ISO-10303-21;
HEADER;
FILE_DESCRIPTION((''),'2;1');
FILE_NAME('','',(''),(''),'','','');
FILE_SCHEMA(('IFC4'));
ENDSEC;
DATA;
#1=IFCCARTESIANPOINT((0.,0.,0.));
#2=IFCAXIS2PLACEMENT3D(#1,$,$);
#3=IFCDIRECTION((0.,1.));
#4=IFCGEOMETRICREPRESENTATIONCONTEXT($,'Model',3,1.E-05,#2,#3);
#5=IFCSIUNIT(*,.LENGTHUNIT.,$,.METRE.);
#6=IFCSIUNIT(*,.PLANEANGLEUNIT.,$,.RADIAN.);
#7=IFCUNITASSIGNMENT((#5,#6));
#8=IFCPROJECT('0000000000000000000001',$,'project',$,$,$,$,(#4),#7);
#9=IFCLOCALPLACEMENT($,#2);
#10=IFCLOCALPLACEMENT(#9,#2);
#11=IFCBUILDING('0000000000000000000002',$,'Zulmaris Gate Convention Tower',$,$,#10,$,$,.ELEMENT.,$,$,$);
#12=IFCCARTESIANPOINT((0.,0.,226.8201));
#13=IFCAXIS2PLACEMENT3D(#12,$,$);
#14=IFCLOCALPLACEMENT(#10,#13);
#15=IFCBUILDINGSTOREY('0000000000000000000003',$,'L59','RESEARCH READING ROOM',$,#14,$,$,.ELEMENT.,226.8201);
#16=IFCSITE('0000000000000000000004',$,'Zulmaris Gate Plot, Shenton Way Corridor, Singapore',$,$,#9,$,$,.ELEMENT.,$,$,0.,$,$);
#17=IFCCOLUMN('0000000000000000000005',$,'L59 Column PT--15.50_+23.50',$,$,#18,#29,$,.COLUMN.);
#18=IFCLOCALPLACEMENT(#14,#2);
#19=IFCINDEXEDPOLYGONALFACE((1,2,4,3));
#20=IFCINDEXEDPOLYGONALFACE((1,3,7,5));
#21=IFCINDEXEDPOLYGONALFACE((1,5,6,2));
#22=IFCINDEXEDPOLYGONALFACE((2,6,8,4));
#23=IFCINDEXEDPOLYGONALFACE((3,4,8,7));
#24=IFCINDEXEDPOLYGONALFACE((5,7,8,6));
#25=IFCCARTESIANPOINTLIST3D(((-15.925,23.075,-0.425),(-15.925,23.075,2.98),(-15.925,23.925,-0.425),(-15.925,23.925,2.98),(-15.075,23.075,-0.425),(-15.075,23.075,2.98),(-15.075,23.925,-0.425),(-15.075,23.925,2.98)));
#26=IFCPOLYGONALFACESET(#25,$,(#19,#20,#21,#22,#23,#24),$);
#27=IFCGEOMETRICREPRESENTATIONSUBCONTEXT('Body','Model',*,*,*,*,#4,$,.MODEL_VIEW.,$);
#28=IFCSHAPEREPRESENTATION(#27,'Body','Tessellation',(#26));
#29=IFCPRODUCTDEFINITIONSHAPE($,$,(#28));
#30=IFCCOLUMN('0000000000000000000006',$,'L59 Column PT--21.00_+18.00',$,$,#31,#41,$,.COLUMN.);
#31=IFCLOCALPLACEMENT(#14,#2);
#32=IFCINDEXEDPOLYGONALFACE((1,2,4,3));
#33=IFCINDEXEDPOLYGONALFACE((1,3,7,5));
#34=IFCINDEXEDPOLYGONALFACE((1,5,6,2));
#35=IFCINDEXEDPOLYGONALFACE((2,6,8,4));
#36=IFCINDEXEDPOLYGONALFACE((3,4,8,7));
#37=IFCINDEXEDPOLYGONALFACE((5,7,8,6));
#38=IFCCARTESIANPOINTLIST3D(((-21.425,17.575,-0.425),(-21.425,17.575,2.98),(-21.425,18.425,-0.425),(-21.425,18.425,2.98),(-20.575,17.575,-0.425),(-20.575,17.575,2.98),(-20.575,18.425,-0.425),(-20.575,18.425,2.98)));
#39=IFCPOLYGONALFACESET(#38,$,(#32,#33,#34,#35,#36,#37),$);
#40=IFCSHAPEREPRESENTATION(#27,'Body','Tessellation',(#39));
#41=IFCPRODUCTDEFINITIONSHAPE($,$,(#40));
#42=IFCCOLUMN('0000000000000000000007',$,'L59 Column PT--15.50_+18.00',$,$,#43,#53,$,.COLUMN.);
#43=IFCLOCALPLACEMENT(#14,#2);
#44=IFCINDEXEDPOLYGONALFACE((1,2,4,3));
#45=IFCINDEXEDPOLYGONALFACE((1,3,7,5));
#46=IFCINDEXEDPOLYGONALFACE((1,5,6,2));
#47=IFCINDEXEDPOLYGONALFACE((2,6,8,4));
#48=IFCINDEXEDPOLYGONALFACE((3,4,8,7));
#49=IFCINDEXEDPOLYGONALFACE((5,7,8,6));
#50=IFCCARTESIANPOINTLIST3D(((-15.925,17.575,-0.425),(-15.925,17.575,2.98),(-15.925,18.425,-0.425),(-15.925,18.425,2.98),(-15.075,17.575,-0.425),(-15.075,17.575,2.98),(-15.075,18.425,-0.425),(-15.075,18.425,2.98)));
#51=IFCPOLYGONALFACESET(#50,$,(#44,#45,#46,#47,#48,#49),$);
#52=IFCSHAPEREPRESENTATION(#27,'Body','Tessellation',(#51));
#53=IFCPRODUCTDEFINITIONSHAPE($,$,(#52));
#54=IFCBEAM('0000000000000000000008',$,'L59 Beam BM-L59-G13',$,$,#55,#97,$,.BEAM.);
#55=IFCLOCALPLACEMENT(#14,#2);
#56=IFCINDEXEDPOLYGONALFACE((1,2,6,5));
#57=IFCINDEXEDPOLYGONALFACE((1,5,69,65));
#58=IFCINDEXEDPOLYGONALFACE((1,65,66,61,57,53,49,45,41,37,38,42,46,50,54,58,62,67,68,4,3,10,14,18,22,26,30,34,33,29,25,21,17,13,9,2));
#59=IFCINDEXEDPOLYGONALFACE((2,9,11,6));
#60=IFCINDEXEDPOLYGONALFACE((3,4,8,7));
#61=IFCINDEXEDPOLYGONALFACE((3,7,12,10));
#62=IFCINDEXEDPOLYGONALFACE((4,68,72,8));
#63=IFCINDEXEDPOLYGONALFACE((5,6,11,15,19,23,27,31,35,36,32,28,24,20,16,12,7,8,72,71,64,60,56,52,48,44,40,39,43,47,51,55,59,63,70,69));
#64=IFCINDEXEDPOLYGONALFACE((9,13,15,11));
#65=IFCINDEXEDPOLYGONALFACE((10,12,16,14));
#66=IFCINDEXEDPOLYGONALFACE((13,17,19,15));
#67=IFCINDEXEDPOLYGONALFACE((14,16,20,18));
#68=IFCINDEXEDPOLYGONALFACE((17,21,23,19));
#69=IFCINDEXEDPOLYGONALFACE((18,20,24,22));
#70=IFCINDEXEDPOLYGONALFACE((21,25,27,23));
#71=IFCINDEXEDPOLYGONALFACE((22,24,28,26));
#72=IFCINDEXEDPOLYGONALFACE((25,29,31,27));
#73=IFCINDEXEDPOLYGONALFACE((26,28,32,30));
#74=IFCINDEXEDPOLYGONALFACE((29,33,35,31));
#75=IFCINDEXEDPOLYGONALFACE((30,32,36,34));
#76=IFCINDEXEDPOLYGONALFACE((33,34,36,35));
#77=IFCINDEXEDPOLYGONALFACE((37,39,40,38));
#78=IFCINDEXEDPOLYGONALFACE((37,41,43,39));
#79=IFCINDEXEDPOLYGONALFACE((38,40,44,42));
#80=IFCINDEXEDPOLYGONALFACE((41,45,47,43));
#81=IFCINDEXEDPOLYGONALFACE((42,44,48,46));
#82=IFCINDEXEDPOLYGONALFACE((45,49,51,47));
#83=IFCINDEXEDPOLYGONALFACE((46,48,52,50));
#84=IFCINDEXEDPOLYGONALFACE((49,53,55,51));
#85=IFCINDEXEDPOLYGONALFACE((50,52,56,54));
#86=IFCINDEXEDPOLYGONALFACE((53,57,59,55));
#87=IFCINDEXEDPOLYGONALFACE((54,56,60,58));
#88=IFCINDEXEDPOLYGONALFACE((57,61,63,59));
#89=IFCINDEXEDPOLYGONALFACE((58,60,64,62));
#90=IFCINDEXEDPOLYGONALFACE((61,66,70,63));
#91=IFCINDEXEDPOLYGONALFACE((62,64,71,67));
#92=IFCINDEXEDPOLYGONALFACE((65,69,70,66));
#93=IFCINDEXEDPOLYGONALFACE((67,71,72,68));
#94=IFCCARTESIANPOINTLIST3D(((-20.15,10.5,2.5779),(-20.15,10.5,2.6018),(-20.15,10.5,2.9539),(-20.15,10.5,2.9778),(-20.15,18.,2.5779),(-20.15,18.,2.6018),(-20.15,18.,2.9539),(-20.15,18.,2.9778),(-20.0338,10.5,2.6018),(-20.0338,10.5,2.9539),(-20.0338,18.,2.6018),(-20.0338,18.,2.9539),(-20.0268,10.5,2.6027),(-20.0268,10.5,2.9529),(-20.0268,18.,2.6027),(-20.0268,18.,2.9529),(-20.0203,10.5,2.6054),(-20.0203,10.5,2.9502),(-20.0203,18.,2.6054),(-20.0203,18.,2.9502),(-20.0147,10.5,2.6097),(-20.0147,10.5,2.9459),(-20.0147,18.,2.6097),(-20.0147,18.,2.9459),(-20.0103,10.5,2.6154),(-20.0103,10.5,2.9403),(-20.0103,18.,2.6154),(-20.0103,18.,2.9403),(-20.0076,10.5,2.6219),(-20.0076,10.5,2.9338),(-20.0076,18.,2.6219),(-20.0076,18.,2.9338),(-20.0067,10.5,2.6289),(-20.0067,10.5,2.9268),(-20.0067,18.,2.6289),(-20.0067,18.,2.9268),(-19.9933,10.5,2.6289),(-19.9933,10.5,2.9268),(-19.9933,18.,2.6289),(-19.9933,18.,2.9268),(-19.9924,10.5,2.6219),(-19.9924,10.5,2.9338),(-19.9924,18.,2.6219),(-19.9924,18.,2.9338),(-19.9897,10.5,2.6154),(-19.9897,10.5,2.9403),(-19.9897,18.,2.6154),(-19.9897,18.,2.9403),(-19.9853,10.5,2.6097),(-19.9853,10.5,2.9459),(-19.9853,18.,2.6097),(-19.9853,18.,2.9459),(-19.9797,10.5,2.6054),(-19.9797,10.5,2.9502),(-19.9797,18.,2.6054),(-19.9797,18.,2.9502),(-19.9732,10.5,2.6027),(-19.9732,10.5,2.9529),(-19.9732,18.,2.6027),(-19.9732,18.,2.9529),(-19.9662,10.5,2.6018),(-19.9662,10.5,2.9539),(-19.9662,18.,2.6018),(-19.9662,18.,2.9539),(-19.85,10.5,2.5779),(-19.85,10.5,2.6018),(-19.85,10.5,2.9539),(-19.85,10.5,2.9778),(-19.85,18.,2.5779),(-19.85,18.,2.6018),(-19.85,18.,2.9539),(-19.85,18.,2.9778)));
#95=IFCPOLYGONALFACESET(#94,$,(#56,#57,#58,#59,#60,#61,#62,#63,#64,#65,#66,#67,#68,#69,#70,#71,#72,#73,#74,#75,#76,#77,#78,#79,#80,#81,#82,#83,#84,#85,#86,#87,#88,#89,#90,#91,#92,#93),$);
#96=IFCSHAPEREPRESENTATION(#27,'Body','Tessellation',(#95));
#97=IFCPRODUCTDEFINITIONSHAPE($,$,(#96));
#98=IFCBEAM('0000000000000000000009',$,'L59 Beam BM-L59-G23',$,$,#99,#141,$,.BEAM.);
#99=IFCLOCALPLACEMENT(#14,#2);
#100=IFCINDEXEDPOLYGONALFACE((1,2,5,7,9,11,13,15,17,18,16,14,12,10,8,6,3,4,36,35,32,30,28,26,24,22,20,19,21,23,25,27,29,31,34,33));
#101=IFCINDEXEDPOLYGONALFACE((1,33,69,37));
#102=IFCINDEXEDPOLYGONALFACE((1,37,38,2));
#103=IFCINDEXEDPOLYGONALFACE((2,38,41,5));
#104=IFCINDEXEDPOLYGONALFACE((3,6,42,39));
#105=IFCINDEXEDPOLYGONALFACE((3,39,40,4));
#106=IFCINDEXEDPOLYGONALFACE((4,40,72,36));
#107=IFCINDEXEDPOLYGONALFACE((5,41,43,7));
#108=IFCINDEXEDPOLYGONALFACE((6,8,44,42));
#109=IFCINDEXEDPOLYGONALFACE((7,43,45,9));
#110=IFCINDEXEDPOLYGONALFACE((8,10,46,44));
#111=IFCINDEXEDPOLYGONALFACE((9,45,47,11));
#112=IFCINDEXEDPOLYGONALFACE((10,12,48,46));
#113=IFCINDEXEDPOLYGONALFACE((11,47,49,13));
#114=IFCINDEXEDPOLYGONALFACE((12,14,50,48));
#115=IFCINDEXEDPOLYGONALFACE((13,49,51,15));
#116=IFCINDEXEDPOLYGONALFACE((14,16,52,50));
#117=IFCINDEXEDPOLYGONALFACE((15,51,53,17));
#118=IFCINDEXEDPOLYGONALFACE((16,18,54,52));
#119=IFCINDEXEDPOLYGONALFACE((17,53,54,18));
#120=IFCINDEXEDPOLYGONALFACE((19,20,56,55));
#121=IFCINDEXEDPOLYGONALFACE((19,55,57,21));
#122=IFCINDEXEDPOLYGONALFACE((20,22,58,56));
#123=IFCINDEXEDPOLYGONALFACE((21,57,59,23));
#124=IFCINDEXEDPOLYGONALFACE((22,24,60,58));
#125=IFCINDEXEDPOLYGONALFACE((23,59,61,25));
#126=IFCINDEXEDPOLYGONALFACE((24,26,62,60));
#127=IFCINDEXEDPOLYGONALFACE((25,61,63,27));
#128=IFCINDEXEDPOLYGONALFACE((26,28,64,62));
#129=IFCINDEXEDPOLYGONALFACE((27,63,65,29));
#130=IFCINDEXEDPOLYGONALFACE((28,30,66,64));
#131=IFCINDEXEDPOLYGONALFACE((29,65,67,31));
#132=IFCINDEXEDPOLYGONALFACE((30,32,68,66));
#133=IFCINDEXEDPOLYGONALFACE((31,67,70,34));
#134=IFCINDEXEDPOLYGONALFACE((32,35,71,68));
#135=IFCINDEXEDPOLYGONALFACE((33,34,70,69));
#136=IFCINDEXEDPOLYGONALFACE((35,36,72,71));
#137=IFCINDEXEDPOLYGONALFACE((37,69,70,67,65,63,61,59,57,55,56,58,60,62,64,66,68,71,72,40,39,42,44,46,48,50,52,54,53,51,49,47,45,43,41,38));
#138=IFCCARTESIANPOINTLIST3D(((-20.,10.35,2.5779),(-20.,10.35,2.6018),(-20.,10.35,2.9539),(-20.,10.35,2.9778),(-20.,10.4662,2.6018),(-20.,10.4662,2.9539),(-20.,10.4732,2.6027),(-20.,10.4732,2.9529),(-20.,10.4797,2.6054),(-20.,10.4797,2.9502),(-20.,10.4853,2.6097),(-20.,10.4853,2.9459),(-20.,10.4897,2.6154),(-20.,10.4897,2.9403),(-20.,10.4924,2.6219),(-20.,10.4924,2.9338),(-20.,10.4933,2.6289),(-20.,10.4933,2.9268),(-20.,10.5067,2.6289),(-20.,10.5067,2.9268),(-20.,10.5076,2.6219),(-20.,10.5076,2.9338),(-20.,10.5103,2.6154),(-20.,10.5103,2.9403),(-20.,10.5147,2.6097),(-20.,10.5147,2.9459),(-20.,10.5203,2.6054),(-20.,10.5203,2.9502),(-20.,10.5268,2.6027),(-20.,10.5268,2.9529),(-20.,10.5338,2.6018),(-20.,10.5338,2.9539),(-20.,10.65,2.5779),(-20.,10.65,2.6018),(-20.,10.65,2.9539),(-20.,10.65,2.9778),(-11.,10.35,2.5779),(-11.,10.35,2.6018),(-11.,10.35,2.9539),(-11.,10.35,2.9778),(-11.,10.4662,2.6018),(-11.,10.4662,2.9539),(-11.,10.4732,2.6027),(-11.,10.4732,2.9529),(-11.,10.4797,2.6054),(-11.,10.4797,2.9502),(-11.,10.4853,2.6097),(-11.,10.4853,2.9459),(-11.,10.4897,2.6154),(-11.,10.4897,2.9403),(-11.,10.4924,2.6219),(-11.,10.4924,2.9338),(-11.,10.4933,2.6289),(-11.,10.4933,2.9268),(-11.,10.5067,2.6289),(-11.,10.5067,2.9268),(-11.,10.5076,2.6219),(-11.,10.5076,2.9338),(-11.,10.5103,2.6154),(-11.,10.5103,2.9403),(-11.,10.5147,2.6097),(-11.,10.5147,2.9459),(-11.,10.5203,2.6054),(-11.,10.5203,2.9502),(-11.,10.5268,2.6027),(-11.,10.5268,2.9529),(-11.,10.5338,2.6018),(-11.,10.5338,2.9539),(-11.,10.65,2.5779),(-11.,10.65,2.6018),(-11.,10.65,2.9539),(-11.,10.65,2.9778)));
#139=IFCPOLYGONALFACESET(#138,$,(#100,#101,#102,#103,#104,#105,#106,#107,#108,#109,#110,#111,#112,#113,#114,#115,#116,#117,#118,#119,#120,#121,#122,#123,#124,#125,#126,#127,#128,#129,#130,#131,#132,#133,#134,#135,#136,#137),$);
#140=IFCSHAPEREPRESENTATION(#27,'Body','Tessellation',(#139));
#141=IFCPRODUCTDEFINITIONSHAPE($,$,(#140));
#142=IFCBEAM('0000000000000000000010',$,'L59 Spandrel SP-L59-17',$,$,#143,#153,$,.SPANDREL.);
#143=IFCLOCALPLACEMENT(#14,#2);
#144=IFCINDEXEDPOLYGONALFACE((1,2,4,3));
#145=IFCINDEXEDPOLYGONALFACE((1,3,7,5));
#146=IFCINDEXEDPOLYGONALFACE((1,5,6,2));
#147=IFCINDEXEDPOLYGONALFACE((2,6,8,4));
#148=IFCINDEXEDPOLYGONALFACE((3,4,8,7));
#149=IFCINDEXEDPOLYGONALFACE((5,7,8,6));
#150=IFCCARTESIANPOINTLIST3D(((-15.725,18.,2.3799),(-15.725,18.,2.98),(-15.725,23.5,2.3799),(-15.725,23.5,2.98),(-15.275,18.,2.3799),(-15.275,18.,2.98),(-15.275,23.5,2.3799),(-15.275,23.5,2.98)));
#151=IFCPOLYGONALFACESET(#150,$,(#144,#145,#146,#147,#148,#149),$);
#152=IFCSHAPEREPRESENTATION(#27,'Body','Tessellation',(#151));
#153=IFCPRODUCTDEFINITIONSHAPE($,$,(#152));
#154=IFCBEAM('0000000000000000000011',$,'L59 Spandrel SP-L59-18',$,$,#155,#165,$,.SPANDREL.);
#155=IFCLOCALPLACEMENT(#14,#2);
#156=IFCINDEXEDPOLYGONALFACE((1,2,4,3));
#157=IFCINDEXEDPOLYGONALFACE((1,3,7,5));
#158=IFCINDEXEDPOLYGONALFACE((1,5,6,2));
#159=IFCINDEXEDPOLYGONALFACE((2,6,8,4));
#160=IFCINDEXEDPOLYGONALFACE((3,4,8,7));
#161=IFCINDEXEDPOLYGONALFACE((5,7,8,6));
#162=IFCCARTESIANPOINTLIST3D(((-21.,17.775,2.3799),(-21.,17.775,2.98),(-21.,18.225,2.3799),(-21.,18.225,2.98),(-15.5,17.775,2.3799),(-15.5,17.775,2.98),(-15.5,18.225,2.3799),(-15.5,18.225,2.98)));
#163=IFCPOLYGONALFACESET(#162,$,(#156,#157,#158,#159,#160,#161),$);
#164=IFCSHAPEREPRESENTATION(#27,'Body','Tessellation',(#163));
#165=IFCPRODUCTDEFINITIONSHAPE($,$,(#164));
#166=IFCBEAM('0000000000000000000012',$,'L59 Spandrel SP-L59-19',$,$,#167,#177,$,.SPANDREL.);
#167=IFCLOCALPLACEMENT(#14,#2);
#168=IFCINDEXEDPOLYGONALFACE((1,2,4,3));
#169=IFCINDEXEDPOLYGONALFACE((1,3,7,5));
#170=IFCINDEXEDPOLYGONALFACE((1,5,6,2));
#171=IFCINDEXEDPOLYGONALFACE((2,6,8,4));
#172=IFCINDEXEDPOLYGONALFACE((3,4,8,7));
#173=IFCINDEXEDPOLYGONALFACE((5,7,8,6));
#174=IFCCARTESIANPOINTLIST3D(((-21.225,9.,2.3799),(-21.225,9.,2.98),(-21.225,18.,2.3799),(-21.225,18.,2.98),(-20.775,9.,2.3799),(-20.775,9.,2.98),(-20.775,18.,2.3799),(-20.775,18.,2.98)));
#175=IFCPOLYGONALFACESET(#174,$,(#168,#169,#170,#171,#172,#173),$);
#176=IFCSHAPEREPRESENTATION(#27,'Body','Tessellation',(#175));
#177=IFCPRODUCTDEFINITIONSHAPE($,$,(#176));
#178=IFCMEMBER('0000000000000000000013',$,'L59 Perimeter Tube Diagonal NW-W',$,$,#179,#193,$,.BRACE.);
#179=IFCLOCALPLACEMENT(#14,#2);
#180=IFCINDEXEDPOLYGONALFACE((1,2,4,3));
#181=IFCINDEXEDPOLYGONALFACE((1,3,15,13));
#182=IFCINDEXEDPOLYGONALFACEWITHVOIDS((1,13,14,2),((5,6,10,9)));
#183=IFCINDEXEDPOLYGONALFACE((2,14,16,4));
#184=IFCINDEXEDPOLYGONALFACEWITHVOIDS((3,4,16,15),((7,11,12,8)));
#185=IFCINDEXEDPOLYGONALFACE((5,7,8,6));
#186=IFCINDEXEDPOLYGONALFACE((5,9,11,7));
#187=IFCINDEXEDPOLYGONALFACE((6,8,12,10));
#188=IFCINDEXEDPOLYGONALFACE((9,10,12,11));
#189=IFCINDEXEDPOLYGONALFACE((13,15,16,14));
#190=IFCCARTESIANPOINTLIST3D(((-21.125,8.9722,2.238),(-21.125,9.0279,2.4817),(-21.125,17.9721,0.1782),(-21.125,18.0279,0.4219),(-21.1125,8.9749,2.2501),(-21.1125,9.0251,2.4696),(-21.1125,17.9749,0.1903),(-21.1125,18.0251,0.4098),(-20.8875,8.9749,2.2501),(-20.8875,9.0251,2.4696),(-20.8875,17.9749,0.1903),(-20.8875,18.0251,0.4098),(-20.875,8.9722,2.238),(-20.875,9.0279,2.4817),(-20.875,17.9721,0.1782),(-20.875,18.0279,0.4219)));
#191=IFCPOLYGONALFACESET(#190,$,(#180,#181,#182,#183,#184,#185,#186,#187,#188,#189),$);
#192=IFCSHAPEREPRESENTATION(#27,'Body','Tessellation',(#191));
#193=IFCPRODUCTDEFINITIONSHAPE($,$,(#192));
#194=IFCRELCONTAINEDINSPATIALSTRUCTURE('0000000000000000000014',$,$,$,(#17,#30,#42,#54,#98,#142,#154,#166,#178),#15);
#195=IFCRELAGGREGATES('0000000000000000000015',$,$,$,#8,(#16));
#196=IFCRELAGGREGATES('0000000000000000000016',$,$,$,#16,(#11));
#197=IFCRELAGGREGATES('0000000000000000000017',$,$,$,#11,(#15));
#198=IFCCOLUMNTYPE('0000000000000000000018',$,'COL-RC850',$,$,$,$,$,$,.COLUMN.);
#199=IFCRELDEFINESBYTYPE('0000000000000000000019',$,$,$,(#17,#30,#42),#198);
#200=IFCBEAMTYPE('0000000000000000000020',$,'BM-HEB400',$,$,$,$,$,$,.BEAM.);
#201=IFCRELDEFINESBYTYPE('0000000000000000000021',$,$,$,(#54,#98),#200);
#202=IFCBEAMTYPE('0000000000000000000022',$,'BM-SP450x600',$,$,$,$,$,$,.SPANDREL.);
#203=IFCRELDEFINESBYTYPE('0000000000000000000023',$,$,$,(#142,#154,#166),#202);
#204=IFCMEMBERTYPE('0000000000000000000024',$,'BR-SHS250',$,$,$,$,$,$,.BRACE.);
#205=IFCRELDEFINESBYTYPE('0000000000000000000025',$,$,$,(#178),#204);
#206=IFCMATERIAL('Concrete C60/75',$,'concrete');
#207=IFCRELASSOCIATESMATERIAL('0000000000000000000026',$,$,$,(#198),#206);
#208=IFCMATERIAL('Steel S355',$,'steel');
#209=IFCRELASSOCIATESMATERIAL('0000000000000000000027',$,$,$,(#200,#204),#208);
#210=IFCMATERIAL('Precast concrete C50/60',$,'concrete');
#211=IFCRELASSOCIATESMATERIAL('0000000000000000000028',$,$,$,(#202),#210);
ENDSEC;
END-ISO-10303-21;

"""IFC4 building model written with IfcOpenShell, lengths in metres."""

from ifc_helpers import new_model, si_unit, direction, frame, origin, origin_2d, place, context, subcontext, project, spatial, rectangle, hollow_rectangle, i_section, extrude, material, material_profile, profile_set, type_object, element, save


model = new_model("IFC4")

# Units and contexts
model_context = context("Model", 3, precision=1e-05, world=origin(), true_north=direction((0.0, 1.0)))
body_context = subcontext(model_context, "Body", "Model", "MODEL_VIEW")
ifc_project = project(units=[si_unit("LENGTHUNIT", "METRE"), si_unit("PLANEANGLEUNIT", "RADIAN")], contexts=[model_context])

# Site, building, storey
site_placement = place(None, origin())
site = spatial("IfcSite", under=ifc_project, at=site_placement, Name="Zulmaris Gate Plot, Shenton Way Corridor, Singapore", CompositionType="ELEMENT", RefElevation=0.0)
building_placement = place(site_placement, origin())
building = spatial("IfcBuilding", under=site, at=building_placement, Name="Zulmaris Gate Convention Tower", CompositionType="ELEMENT")
storey_placement = place(building_placement, frame((0.0, 0.0, 226.8201)))
storey = spatial("IfcBuildingStorey", under=building, at=storey_placement, Name="L59", Description="RESEARCH READING ROOM", CompositionType="ELEMENT", Elevation=226.8201)

# Columns
ifc_material_1 = material(Name="Concrete C60/75", Category="concrete")
ifc_material_profile_1 = material_profile(ifc_material_1, rectangle(XDim=0.8501, YDim=0.8501, at=origin_2d()), Name="RC COL 850x850")
ifc_profile_set_1 = profile_set([ifc_material_profile_1], Name="Concrete C60/75")
column_type = type_object("IfcColumnType", Name="COL-RC850", PredefinedType="COLUMN", material=ifc_profile_set_1)
for number, where, z_axis, x_axis, name in (
    (1, (-15.5, 23.5, -0.425), (0.0, 0.0, 1.0), (1.0, 0.0, 0.0), "L59 Column PT--15.50_+23.50"),
    (2, (-21.0, 18.0, -0.425), (0.0, 0.0, 1.0), (1.0, 0.0, 0.0), "L59 Column PT--21.00_+18.00"),
    (3, (-15.5, 18.0, -0.425), (0.0, 0.0, 1.0), (1.0, 0.0, 0.0), "L59 Column PT--15.50_+18.00"),
):
    element("IfcColumn", number, at=place(storey_placement, frame(where, z_axis=z_axis, x_axis=x_axis)), inside=storey, type_object=column_type, Name=name, PredefinedType="COLUMN", context=body_context, shape_type="SweptSolid", body=[
        extrude(rectangle(XDim=0.8501, YDim=0.8501, at=origin_2d()), origin(), (0.0, 0.0, 1.0), 3.405),
    ])

# Beams
ifc_material_2 = material(Name="Steel S355", Category="steel")
ifc_material_profile_2 = material_profile(ifc_material_2, i_section(OverallWidth=0.3, OverallDepth=0.3999, WebThickness=0.0134, FlangeThickness=0.0239, FilletRadius=0.0271, at=origin_2d()), Name="HEB 400")
ifc_profile_set_2 = profile_set([ifc_material_profile_2], Name="Steel S355")
beam_type_1 = type_object("IfcBeamType", Name="BM-HEB400", PredefinedType="BEAM", material=ifc_profile_set_2)
beam_1_placement = place(storey_placement, frame((-20.0, 10.5, 2.7778), z_axis=(0.0, 1.0, 0.0), x_axis=(-1.0, 0.0, 0.0)))
element("IfcBeam", 4, at=beam_1_placement, inside=storey, type_object=beam_type_1, Name="L59 Beam BM-L59-G13", PredefinedType="BEAM", context=body_context, shape_type="SweptSolid", body=[
    extrude(i_section(OverallWidth=0.3, OverallDepth=0.3999, WebThickness=0.0134, FlangeThickness=0.0239, FilletRadius=0.0271, at=origin_2d()), origin(), (0.0, 0.0, 1.0), 7.5),
])
beam_2_placement = place(storey_placement, frame((-20.0, 10.5, 2.7778), z_axis=(1.0, 0.0, 0.0), x_axis=(0.0, 1.0, 0.0)))
element("IfcBeam", 5, at=beam_2_placement, inside=storey, type_object=beam_type_1, Name="L59 Beam BM-L59-G23", PredefinedType="BEAM", context=body_context, shape_type="SweptSolid", body=[
    extrude(i_section(OverallWidth=0.3, OverallDepth=0.3999, WebThickness=0.0134, FlangeThickness=0.0239, FilletRadius=0.0271, at=origin_2d()), origin(), (0.0, 0.0, 1.0), 9.0),
])
ifc_material_3 = material(Name="Precast concrete C50/60", Category="concrete")
ifc_material_profile_3 = material_profile(ifc_material_3, rectangle(XDim=0.45, YDim=0.6001, at=origin_2d()), Name="RC SPANDREL 450x600")
ifc_profile_set_3 = profile_set([ifc_material_profile_3], Name="Precast concrete C50/60")
beam_type_2 = type_object("IfcBeamType", Name="BM-SP450x600", PredefinedType="SPANDREL", material=ifc_profile_set_3)
for number, where, z_axis, x_axis, name in (
    (6, (-15.5, 23.5, 2.6799), (0.0, -1.0, 0.0), (1.0, 0.0, 0.0), "L59 Spandrel SP-L59-17"),
    (7, (-15.5, 18.0, 2.6799), (-1.0, 0.0, 0.0), (0.0, -1.0, 0.0), "L59 Spandrel SP-L59-18"),
):
    element("IfcBeam", number, at=place(storey_placement, frame(where, z_axis=z_axis, x_axis=x_axis)), inside=storey, type_object=beam_type_2, Name=name, PredefinedType="SPANDREL", context=body_context, shape_type="SweptSolid", body=[
        extrude(rectangle(XDim=0.45, YDim=0.6001, at=origin_2d()), origin(), (0.0, 0.0, 1.0), 5.5),
    ])
beam_3_placement = place(storey_placement, frame((-21.0, 18.0, 2.6799), z_axis=(0.0, -1.0, 0.0), x_axis=(1.0, 0.0, 0.0)))
element("IfcBeam", 8, at=beam_3_placement, inside=storey, type_object=beam_type_2, Name="L59 Spandrel SP-L59-19", PredefinedType="SPANDREL", context=body_context, shape_type="SweptSolid", body=[
    extrude(rectangle(XDim=0.45, YDim=0.6001, at=origin_2d()), origin(), (0.0, 0.0, 1.0), 9.0),
])

# Member
ifc_material_profile_4 = material_profile(ifc_material_2, hollow_rectangle(XDim=0.25, YDim=0.25, WallThickness=0.0125, at=origin_2d()), Name="SHS 250x250x12.5")
ifc_profile_set_4 = profile_set([ifc_material_profile_4], Name="Steel S355")
member_type_1 = type_object("IfcMemberType", Name="BR-SHS250", PredefinedType="BRACE", material=ifc_profile_set_4)
member_1_placement = place(storey_placement, frame((-21.0, 18.0, 0.3), z_axis=(0.0, -0.974796, 0.2231), x_axis=(1.0, 0.0, 0.0)))
element("IfcMember", 9, at=member_1_placement, inside=storey, type_object=member_type_1, Name="L59 Perimeter Tube Diagonal NW-W", PredefinedType="BRACE", context=body_context, shape_type="SweptSolid", body=[
    extrude(hollow_rectangle(XDim=0.25, YDim=0.25, WallThickness=0.0125, at=origin_2d()), origin(), (0.0, 0.0, 1.0), 9.2327),
])

save(model, "model.ifc")
